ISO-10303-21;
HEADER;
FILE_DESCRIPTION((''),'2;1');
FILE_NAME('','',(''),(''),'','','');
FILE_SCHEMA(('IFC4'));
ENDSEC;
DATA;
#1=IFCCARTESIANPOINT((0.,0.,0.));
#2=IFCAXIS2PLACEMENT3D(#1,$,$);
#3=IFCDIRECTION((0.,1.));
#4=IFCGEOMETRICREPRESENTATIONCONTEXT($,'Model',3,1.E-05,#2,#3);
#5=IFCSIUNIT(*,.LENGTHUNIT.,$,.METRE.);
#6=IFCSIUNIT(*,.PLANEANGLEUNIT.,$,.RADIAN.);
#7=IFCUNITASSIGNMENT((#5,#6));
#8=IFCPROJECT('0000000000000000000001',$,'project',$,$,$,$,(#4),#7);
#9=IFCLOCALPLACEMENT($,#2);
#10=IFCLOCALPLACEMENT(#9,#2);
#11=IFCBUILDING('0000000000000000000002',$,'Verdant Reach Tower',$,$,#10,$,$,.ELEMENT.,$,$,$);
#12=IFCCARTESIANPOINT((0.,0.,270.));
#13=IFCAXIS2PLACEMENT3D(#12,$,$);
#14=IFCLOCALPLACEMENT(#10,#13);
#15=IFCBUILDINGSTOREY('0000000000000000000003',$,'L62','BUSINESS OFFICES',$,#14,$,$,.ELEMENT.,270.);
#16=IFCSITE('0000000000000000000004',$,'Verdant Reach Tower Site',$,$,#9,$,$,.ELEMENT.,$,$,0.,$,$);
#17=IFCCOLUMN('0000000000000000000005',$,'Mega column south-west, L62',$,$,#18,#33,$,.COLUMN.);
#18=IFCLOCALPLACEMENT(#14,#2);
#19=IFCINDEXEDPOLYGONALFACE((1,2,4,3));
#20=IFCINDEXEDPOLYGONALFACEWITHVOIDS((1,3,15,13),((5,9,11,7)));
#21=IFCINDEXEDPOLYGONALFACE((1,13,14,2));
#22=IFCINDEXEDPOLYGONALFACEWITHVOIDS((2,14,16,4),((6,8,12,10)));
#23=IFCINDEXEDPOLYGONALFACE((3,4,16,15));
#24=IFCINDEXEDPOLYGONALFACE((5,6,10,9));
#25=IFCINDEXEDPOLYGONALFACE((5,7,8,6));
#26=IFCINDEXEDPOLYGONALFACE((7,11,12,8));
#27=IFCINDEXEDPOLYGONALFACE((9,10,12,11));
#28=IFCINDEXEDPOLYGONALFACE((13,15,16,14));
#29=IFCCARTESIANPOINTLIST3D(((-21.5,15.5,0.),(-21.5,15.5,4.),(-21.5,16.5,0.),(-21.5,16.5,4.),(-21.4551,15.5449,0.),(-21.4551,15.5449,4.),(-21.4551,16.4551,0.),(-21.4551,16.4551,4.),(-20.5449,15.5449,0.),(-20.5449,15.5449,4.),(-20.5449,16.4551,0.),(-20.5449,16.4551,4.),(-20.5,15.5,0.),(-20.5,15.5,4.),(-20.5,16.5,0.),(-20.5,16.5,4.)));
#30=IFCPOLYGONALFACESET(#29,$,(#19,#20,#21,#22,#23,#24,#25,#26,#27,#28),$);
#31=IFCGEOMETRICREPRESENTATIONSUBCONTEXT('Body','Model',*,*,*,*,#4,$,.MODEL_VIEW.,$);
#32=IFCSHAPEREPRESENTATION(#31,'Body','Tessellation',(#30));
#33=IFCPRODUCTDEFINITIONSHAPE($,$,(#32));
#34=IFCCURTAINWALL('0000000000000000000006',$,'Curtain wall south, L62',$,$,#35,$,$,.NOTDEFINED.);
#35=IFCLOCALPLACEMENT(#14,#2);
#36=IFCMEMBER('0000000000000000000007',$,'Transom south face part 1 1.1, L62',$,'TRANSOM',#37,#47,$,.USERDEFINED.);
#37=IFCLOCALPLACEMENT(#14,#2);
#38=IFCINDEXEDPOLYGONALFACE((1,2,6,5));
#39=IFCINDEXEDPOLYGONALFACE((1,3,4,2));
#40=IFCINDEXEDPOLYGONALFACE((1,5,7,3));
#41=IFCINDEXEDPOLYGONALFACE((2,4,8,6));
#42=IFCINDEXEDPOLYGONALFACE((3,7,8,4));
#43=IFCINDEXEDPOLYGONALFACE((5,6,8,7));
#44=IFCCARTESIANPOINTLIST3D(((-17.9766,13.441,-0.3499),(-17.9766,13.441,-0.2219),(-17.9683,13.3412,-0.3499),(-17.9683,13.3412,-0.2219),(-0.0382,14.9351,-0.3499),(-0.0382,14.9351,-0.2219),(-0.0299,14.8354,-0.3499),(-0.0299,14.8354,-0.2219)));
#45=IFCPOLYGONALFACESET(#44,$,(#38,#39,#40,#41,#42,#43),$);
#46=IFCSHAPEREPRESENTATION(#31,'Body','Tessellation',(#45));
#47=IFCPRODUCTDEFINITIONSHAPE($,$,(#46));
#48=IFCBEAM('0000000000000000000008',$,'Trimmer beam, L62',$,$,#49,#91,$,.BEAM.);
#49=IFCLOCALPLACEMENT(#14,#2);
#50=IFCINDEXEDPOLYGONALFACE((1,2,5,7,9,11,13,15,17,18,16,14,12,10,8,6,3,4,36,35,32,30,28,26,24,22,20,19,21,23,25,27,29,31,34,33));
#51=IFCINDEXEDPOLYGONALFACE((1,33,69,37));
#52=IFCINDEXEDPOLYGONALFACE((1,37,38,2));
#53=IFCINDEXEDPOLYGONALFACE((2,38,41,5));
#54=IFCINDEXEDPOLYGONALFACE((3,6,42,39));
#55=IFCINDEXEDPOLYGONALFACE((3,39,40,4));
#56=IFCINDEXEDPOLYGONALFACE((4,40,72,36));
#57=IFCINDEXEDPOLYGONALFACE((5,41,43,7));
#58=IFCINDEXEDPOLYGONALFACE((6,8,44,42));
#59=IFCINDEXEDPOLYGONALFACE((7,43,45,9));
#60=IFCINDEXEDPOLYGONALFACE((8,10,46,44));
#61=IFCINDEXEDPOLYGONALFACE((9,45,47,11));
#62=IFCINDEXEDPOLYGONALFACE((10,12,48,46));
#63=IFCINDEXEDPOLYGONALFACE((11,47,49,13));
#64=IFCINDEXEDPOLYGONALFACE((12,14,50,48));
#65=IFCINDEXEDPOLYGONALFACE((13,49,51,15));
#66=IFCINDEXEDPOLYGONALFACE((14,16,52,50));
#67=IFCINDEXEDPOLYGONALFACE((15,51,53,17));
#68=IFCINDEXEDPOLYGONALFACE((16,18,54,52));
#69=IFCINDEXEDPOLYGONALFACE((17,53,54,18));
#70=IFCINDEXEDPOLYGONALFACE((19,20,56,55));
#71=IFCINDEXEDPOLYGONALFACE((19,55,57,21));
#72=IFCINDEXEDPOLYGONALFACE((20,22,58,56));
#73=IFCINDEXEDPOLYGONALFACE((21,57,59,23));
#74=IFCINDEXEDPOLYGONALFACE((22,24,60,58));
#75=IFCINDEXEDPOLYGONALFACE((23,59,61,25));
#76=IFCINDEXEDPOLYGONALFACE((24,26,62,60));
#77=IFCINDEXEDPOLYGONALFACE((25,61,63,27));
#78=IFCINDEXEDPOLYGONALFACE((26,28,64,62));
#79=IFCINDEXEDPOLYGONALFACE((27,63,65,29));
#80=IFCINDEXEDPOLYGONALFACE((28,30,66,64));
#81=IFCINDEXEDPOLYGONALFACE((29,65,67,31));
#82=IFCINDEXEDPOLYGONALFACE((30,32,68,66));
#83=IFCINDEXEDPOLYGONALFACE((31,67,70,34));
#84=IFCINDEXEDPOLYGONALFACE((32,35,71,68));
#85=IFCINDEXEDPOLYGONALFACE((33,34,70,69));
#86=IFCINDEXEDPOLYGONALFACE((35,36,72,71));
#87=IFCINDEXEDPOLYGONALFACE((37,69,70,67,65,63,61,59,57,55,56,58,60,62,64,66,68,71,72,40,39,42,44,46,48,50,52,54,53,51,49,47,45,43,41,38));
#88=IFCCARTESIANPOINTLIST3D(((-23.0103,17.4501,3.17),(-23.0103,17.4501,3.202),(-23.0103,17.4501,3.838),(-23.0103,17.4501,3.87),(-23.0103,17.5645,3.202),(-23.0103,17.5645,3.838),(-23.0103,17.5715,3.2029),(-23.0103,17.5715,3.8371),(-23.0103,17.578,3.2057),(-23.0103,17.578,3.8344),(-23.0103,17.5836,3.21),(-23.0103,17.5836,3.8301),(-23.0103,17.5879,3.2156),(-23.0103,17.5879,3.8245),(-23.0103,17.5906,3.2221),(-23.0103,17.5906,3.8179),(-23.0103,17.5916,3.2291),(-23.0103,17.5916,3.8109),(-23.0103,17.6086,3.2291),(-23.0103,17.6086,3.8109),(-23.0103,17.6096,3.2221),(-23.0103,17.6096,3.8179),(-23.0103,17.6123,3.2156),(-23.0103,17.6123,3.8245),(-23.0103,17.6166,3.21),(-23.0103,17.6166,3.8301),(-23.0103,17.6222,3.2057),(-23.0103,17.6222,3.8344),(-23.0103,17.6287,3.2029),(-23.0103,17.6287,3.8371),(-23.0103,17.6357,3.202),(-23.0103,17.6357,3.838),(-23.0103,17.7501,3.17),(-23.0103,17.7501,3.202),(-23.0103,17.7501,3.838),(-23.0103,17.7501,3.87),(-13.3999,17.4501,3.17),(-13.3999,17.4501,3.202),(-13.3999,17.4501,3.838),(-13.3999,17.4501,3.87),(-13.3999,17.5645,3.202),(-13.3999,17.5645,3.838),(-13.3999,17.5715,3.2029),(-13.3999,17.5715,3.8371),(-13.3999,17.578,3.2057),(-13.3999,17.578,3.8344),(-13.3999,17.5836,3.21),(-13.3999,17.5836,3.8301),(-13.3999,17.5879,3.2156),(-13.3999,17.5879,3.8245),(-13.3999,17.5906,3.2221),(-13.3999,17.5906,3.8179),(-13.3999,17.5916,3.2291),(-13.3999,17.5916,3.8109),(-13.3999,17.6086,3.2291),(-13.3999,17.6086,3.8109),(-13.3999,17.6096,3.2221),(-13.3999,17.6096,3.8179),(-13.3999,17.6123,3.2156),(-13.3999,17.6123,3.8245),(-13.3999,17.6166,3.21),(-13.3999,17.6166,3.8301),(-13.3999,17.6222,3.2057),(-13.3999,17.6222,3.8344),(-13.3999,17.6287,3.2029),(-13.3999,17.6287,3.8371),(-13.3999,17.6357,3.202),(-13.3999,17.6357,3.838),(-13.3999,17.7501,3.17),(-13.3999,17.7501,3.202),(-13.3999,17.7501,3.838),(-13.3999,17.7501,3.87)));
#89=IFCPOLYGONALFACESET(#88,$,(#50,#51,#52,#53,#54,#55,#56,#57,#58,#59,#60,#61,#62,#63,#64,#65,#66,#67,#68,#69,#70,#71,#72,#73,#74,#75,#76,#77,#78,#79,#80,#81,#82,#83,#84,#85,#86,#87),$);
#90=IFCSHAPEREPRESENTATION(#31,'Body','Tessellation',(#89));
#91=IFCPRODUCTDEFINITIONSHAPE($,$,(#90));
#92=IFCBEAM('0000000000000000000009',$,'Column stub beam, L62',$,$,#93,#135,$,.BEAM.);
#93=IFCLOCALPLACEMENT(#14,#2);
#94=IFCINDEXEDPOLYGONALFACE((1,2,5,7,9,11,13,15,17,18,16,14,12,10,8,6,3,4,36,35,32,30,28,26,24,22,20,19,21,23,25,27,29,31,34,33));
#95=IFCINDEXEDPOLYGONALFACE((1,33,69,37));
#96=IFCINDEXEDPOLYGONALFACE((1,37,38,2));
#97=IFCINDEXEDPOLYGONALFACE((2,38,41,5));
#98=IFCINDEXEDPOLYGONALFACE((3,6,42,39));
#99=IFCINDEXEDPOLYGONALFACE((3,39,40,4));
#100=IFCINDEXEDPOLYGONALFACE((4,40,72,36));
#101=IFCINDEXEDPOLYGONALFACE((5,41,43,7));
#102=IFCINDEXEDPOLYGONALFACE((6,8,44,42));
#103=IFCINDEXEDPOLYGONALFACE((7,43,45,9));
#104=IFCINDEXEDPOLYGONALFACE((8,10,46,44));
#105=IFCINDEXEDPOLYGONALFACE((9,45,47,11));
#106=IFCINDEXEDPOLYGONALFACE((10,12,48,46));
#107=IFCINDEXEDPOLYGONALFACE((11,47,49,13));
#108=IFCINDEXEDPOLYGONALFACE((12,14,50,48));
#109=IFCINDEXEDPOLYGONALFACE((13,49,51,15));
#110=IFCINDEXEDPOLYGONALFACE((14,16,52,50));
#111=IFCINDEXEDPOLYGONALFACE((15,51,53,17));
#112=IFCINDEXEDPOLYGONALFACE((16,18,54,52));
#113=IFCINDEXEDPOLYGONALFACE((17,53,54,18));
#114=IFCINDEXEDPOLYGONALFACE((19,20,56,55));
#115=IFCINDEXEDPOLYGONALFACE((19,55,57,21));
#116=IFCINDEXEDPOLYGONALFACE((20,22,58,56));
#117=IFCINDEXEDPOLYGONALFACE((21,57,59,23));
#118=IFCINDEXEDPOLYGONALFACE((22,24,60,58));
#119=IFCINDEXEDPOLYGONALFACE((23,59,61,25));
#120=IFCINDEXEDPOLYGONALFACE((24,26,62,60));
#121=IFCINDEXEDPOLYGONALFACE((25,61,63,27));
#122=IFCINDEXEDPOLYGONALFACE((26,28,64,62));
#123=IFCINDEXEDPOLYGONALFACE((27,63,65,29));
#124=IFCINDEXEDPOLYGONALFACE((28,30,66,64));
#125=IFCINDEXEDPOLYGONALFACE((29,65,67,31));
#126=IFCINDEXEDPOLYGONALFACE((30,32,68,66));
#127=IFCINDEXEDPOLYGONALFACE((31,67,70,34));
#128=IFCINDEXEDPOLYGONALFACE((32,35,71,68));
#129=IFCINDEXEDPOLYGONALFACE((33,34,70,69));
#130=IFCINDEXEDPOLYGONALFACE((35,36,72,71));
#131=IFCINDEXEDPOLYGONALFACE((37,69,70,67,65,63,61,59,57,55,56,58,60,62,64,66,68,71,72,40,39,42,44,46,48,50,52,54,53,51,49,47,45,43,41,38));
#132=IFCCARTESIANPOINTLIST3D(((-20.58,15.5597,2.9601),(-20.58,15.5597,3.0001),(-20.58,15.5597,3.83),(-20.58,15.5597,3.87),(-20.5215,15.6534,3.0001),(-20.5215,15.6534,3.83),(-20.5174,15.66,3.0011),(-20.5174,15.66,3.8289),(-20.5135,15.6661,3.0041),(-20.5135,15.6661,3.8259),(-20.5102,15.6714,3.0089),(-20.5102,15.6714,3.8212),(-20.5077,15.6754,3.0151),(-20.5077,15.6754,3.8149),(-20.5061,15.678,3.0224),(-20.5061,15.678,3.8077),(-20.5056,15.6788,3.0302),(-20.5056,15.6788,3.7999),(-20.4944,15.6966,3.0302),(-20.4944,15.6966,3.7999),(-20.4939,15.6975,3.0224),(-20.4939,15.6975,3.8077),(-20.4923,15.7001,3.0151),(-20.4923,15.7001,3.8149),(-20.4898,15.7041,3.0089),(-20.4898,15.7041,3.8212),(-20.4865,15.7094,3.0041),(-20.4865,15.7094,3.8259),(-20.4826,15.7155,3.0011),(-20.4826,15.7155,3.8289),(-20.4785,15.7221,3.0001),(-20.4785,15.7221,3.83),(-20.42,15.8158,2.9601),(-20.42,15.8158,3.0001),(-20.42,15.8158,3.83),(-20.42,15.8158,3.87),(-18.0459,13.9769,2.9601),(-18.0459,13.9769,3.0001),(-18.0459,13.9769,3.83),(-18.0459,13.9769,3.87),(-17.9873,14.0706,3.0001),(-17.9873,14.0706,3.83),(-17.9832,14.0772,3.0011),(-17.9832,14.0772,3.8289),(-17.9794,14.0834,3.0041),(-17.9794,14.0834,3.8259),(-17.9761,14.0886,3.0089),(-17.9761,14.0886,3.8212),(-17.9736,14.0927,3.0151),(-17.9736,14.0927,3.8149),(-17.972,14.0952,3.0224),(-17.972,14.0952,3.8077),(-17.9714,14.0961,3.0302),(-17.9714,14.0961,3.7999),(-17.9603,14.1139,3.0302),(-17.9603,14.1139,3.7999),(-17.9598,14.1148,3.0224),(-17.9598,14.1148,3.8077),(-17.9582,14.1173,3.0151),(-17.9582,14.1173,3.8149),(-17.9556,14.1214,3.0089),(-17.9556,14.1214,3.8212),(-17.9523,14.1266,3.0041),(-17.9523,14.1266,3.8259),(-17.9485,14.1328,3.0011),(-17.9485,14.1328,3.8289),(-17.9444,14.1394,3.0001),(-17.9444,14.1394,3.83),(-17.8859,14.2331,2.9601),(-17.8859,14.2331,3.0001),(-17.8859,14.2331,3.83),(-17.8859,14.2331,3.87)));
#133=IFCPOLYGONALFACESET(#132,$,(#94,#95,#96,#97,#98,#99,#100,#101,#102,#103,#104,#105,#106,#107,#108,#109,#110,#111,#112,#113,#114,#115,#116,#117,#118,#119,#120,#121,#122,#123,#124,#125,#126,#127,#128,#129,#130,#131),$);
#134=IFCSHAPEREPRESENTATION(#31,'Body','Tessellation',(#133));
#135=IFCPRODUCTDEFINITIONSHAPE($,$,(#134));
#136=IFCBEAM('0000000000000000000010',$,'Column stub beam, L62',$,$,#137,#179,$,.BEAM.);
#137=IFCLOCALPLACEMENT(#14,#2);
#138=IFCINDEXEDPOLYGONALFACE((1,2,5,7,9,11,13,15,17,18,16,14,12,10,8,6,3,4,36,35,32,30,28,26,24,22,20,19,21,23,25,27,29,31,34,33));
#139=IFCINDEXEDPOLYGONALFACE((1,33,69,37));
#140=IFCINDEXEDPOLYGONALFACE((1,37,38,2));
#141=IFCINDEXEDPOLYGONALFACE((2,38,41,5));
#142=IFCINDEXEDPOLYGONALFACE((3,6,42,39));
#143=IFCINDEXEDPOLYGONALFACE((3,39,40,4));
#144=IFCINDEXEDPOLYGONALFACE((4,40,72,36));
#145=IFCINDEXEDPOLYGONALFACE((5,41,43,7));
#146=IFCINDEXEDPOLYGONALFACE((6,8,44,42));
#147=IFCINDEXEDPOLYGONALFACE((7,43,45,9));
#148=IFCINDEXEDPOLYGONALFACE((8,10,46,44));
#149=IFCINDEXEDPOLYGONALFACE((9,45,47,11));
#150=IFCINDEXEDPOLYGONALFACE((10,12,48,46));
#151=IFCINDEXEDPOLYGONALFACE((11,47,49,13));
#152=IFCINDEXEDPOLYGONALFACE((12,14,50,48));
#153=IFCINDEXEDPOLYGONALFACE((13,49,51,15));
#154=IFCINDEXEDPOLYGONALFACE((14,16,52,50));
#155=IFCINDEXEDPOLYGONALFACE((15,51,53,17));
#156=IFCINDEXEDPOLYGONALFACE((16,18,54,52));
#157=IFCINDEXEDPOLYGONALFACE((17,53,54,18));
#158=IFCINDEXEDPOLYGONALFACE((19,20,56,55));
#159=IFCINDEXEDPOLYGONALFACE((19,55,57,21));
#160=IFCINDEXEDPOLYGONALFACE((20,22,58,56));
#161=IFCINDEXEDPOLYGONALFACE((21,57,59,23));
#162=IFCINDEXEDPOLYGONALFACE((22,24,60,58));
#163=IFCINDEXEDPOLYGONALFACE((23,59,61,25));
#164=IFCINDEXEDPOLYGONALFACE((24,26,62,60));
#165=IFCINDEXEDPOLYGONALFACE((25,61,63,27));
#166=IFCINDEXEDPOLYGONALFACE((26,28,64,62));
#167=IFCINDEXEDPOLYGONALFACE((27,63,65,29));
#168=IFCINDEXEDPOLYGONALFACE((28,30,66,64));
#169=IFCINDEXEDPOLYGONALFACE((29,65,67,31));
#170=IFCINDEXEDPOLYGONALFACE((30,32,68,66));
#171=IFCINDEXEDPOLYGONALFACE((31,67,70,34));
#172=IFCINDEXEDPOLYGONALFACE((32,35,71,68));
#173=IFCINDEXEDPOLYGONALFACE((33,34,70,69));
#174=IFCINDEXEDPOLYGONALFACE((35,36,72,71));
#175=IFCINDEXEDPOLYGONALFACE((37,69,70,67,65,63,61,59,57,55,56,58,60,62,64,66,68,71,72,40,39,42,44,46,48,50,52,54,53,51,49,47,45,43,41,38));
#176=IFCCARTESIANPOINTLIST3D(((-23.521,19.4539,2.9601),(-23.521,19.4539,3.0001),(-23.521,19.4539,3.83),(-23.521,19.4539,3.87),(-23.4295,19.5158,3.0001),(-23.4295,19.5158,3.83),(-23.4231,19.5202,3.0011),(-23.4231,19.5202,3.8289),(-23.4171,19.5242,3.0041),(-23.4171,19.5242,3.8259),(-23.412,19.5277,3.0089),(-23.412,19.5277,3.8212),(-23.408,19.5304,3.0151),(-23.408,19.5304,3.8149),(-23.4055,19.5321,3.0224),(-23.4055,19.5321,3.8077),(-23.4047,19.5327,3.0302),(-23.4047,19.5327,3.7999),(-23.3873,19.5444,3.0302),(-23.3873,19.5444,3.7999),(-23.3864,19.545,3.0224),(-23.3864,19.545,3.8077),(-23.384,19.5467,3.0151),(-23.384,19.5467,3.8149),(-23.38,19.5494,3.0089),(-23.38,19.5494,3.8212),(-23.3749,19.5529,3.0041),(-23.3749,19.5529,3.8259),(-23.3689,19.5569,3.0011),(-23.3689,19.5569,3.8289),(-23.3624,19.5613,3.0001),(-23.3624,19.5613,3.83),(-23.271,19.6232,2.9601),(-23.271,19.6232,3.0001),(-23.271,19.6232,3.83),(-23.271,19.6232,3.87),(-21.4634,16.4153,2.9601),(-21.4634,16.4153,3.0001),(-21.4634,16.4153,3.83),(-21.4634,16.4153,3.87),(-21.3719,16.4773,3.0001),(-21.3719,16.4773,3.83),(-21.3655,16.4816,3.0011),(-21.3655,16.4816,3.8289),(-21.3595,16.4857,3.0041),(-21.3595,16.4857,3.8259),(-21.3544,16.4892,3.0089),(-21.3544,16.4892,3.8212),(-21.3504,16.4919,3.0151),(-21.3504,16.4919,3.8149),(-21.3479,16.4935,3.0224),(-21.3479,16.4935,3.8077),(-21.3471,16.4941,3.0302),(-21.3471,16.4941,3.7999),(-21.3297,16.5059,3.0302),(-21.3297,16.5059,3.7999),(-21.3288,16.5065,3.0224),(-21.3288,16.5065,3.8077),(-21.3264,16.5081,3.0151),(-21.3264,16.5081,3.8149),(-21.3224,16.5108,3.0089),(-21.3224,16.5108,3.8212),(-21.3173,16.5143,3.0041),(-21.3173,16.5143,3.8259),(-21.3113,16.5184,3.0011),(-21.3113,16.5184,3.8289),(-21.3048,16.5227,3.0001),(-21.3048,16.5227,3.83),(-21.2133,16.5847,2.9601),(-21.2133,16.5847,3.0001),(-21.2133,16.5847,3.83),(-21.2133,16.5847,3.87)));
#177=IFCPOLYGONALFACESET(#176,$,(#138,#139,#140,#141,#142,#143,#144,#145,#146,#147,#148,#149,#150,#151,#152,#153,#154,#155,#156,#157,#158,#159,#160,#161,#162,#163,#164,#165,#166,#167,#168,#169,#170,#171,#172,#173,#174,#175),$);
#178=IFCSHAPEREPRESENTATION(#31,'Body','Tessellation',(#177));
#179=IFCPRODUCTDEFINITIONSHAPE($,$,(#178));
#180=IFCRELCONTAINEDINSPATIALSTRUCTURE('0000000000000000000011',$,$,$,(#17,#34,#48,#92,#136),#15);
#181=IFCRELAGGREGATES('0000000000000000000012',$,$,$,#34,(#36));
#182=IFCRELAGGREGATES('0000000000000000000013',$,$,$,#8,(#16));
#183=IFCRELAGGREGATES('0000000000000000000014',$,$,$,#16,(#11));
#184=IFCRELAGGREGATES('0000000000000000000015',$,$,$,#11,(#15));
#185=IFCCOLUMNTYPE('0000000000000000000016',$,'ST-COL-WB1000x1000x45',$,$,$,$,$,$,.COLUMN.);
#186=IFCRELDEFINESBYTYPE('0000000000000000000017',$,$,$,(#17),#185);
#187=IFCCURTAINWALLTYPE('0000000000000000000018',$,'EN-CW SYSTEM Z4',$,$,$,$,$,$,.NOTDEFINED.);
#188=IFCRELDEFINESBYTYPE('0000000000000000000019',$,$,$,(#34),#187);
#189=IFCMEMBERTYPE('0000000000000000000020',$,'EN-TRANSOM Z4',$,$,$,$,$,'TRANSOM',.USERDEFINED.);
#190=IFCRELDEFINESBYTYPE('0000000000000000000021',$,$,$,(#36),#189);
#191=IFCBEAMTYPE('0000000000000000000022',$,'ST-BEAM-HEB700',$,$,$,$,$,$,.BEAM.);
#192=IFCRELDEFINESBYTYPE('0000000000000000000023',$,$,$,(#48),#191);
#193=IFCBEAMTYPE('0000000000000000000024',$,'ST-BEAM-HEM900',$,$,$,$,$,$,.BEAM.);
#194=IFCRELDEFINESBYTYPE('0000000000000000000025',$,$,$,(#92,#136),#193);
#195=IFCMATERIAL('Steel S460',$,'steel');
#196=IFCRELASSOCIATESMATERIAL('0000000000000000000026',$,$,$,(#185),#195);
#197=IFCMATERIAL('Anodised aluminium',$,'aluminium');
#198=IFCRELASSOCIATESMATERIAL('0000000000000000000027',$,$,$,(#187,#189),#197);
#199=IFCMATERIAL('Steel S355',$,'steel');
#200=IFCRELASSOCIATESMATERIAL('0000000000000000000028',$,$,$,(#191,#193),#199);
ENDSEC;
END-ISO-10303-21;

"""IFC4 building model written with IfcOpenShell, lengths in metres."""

from ifc_helpers import new_model, si_unit, direction, frame, origin, origin_2d, place, context, subcontext, project, spatial, rectangle, hollow_rectangle, i_section, extrude, material, material_profile, profile_set, type_object, element, aggregate, save


model = new_model("IFC4")

# Units and contexts
model_context = context("Model", 3, precision=1e-05, world=origin(), true_north=direction((0.0, 1.0)))
body_context = subcontext(model_context, "Body", "Model", "MODEL_VIEW")
ifc_project = project(units=[si_unit("LENGTHUNIT", "METRE"), si_unit("PLANEANGLEUNIT", "RADIAN")], contexts=[model_context])

# Site, building, storey
site_placement = place(None, origin())
site = spatial("IfcSite", under=ifc_project, at=site_placement, Name="Verdant Reach Tower Site", CompositionType="ELEMENT", RefElevation=0.0)
building_placement = place(site_placement, origin())
building = spatial("IfcBuilding", under=site, at=building_placement, Name="Verdant Reach Tower", CompositionType="ELEMENT")
storey_placement = place(building_placement, frame((0.0, 0.0, 270.0)))
storey = spatial("IfcBuildingStorey", under=building, at=storey_placement, Name="L62", Description="BUSINESS OFFICES", CompositionType="ELEMENT", Elevation=270.0)

# Column
ifc_material_1 = material(Name="Steel S460", Category="steel")
ifc_material_profile_1 = material_profile(ifc_material_1, hollow_rectangle(XDim=1.0, YDim=1.0, WallThickness=0.0449, at=origin_2d()), Name="WB 1000x1000x45")
ifc_profile_set_1 = profile_set([ifc_material_profile_1], Name="Steel S460")
column_type = type_object("IfcColumnType", Name="ST-COL-WB1000x1000x45", PredefinedType="COLUMN", material=ifc_profile_set_1)
column_placement = place(storey_placement, frame((-21.0, 16.0, 0.0), z_axis=(0.0, 0.0, 1.0), x_axis=(1.0, 0.0, 0.0)))
element("IfcColumn", 1, at=column_placement, inside=storey, type_object=column_type, Name="Mega column south-west, L62", PredefinedType="COLUMN", context=body_context, shape_type="SweptSolid", body=[
    extrude(hollow_rectangle(XDim=1.0, YDim=1.0, WallThickness=0.0449, at=origin_2d()), origin(), (0.0, 0.0, 1.0), 4.0),
])

# Curtain wall, member
ifc_material_2 = material(Name="Anodised aluminium", Category="aluminium")
curtain_wall_type = type_object("IfcCurtainWallType", Name="EN-CW SYSTEM Z4", PredefinedType="NOTDEFINED", material=ifc_material_2)
curtain_wall_1_placement = place(storey_placement, origin())
curtain_wall_1 = element("IfcCurtainWall", 2, at=curtain_wall_1_placement, inside=storey, type_object=curtain_wall_type, Name="Curtain wall south, L62", PredefinedType="NOTDEFINED")
ifc_material_profile_2 = material_profile(ifc_material_2, rectangle(XDim=0.1001, YDim=0.1279, at=origin_2d()), Name="Transom 128x100")
ifc_profile_set_2 = profile_set([ifc_material_profile_2], Name="Anodised aluminium")
member_type = type_object("IfcMemberType", Name="EN-TRANSOM Z4", ElementType="TRANSOM", PredefinedType="USERDEFINED", material=ifc_profile_set_2)
member_placement = place(storey_placement, frame((-17.9724, 13.3911, -0.2859), z_axis=(0.996549, 0.083005, 0.0), x_axis=(-0.083005, 0.996549, 0.0)))
member = element("IfcMember", 3, at=member_placement, type_object=member_type, Name="Transom south face part 1 1.1, L62", ObjectType="TRANSOM", PredefinedType="USERDEFINED", context=body_context, shape_type="SweptSolid", body=[
    extrude(rectangle(XDim=0.1001, YDim=0.1279, at=origin_2d()), origin(), (0.0, 0.0, 1.0), 18.0005),
])

# Beams
ifc_material_3 = material(Name="Steel S355", Category="steel")
ifc_material_profile_3 = material_profile(ifc_material_3, i_section(OverallWidth=0.3, OverallDepth=0.7, WebThickness=0.0171, FlangeThickness=0.032, FilletRadius=0.0271, at=origin_2d()), Name="HEB 700")
ifc_profile_set_3 = profile_set([ifc_material_profile_3], Name="Steel S355")
beam_type_1 = type_object("IfcBeamType", Name="ST-BEAM-HEB700", PredefinedType="BEAM", material=ifc_profile_set_3)
beam_1_placement = place(storey_placement, frame((-13.3999, 17.6001, 3.52), z_axis=(-1.0, 0.0, 0.0), x_axis=(0.0, -1.0, 0.0)))
element("IfcBeam", 4, at=beam_1_placement, inside=storey, type_object=beam_type_1, Name="Trimmer beam, L62", PredefinedType="BEAM", context=body_context, shape_type="SweptSolid", body=[
    extrude(i_section(OverallWidth=0.3, OverallDepth=0.7, WebThickness=0.0171, FlangeThickness=0.032, FilletRadius=0.0271, at=origin_2d()), origin(), (0.0, 0.0, 1.0), 9.6104),
])
ifc_material_profile_4 = material_profile(ifc_material_3, i_section(OverallWidth=0.302, OverallDepth=0.9099, WebThickness=0.021, FlangeThickness=0.04, FilletRadius=0.03, at=origin_2d()), Name="HEM 900")
ifc_profile_set_4 = profile_set([ifc_material_profile_4], Name="Steel S355")
beam_type_2 = type_object("IfcBeamType", Name="ST-BEAM-HEM900", PredefinedType="BEAM", material=ifc_profile_set_4)
beam_2_placement = place(storey_placement, frame((-20.5, 15.6877, 3.415), z_axis=(0.848164, -0.529735, 0.0), x_axis=(0.529735, 0.848164, 0.0)))
element("IfcBeam", 5, at=beam_2_placement, inside=storey, type_object=beam_type_2, Name="Column stub beam, L62", PredefinedType="BEAM", context=body_context, shape_type="SweptSolid", body=[
    extrude(i_section(OverallWidth=0.302, OverallDepth=0.9099, WebThickness=0.021, FlangeThickness=0.04, FilletRadius=0.03, at=origin_2d()), origin(), (0.0, 0.0, 1.0), 2.9878),
])
beam_3_placement = place(storey_placement, frame((-21.3384, 16.5, 3.415), z_axis=(-0.560704, 0.828016, 0.0), x_axis=(-0.828016, -0.560704, 0.0)))
element("IfcBeam", 6, at=beam_3_placement, inside=storey, type_object=beam_type_2, Name="Column stub beam, L62", PredefinedType="BEAM", context=body_context, shape_type="SweptSolid", body=[
    extrude(i_section(OverallWidth=0.302, OverallDepth=0.9099, WebThickness=0.021, FlangeThickness=0.04, FilletRadius=0.03, at=origin_2d()), origin(), (0.0, 0.0, 1.0), 3.6697),
])

aggregate(curtain_wall_1, [member])

save(model, "model.ifc")
